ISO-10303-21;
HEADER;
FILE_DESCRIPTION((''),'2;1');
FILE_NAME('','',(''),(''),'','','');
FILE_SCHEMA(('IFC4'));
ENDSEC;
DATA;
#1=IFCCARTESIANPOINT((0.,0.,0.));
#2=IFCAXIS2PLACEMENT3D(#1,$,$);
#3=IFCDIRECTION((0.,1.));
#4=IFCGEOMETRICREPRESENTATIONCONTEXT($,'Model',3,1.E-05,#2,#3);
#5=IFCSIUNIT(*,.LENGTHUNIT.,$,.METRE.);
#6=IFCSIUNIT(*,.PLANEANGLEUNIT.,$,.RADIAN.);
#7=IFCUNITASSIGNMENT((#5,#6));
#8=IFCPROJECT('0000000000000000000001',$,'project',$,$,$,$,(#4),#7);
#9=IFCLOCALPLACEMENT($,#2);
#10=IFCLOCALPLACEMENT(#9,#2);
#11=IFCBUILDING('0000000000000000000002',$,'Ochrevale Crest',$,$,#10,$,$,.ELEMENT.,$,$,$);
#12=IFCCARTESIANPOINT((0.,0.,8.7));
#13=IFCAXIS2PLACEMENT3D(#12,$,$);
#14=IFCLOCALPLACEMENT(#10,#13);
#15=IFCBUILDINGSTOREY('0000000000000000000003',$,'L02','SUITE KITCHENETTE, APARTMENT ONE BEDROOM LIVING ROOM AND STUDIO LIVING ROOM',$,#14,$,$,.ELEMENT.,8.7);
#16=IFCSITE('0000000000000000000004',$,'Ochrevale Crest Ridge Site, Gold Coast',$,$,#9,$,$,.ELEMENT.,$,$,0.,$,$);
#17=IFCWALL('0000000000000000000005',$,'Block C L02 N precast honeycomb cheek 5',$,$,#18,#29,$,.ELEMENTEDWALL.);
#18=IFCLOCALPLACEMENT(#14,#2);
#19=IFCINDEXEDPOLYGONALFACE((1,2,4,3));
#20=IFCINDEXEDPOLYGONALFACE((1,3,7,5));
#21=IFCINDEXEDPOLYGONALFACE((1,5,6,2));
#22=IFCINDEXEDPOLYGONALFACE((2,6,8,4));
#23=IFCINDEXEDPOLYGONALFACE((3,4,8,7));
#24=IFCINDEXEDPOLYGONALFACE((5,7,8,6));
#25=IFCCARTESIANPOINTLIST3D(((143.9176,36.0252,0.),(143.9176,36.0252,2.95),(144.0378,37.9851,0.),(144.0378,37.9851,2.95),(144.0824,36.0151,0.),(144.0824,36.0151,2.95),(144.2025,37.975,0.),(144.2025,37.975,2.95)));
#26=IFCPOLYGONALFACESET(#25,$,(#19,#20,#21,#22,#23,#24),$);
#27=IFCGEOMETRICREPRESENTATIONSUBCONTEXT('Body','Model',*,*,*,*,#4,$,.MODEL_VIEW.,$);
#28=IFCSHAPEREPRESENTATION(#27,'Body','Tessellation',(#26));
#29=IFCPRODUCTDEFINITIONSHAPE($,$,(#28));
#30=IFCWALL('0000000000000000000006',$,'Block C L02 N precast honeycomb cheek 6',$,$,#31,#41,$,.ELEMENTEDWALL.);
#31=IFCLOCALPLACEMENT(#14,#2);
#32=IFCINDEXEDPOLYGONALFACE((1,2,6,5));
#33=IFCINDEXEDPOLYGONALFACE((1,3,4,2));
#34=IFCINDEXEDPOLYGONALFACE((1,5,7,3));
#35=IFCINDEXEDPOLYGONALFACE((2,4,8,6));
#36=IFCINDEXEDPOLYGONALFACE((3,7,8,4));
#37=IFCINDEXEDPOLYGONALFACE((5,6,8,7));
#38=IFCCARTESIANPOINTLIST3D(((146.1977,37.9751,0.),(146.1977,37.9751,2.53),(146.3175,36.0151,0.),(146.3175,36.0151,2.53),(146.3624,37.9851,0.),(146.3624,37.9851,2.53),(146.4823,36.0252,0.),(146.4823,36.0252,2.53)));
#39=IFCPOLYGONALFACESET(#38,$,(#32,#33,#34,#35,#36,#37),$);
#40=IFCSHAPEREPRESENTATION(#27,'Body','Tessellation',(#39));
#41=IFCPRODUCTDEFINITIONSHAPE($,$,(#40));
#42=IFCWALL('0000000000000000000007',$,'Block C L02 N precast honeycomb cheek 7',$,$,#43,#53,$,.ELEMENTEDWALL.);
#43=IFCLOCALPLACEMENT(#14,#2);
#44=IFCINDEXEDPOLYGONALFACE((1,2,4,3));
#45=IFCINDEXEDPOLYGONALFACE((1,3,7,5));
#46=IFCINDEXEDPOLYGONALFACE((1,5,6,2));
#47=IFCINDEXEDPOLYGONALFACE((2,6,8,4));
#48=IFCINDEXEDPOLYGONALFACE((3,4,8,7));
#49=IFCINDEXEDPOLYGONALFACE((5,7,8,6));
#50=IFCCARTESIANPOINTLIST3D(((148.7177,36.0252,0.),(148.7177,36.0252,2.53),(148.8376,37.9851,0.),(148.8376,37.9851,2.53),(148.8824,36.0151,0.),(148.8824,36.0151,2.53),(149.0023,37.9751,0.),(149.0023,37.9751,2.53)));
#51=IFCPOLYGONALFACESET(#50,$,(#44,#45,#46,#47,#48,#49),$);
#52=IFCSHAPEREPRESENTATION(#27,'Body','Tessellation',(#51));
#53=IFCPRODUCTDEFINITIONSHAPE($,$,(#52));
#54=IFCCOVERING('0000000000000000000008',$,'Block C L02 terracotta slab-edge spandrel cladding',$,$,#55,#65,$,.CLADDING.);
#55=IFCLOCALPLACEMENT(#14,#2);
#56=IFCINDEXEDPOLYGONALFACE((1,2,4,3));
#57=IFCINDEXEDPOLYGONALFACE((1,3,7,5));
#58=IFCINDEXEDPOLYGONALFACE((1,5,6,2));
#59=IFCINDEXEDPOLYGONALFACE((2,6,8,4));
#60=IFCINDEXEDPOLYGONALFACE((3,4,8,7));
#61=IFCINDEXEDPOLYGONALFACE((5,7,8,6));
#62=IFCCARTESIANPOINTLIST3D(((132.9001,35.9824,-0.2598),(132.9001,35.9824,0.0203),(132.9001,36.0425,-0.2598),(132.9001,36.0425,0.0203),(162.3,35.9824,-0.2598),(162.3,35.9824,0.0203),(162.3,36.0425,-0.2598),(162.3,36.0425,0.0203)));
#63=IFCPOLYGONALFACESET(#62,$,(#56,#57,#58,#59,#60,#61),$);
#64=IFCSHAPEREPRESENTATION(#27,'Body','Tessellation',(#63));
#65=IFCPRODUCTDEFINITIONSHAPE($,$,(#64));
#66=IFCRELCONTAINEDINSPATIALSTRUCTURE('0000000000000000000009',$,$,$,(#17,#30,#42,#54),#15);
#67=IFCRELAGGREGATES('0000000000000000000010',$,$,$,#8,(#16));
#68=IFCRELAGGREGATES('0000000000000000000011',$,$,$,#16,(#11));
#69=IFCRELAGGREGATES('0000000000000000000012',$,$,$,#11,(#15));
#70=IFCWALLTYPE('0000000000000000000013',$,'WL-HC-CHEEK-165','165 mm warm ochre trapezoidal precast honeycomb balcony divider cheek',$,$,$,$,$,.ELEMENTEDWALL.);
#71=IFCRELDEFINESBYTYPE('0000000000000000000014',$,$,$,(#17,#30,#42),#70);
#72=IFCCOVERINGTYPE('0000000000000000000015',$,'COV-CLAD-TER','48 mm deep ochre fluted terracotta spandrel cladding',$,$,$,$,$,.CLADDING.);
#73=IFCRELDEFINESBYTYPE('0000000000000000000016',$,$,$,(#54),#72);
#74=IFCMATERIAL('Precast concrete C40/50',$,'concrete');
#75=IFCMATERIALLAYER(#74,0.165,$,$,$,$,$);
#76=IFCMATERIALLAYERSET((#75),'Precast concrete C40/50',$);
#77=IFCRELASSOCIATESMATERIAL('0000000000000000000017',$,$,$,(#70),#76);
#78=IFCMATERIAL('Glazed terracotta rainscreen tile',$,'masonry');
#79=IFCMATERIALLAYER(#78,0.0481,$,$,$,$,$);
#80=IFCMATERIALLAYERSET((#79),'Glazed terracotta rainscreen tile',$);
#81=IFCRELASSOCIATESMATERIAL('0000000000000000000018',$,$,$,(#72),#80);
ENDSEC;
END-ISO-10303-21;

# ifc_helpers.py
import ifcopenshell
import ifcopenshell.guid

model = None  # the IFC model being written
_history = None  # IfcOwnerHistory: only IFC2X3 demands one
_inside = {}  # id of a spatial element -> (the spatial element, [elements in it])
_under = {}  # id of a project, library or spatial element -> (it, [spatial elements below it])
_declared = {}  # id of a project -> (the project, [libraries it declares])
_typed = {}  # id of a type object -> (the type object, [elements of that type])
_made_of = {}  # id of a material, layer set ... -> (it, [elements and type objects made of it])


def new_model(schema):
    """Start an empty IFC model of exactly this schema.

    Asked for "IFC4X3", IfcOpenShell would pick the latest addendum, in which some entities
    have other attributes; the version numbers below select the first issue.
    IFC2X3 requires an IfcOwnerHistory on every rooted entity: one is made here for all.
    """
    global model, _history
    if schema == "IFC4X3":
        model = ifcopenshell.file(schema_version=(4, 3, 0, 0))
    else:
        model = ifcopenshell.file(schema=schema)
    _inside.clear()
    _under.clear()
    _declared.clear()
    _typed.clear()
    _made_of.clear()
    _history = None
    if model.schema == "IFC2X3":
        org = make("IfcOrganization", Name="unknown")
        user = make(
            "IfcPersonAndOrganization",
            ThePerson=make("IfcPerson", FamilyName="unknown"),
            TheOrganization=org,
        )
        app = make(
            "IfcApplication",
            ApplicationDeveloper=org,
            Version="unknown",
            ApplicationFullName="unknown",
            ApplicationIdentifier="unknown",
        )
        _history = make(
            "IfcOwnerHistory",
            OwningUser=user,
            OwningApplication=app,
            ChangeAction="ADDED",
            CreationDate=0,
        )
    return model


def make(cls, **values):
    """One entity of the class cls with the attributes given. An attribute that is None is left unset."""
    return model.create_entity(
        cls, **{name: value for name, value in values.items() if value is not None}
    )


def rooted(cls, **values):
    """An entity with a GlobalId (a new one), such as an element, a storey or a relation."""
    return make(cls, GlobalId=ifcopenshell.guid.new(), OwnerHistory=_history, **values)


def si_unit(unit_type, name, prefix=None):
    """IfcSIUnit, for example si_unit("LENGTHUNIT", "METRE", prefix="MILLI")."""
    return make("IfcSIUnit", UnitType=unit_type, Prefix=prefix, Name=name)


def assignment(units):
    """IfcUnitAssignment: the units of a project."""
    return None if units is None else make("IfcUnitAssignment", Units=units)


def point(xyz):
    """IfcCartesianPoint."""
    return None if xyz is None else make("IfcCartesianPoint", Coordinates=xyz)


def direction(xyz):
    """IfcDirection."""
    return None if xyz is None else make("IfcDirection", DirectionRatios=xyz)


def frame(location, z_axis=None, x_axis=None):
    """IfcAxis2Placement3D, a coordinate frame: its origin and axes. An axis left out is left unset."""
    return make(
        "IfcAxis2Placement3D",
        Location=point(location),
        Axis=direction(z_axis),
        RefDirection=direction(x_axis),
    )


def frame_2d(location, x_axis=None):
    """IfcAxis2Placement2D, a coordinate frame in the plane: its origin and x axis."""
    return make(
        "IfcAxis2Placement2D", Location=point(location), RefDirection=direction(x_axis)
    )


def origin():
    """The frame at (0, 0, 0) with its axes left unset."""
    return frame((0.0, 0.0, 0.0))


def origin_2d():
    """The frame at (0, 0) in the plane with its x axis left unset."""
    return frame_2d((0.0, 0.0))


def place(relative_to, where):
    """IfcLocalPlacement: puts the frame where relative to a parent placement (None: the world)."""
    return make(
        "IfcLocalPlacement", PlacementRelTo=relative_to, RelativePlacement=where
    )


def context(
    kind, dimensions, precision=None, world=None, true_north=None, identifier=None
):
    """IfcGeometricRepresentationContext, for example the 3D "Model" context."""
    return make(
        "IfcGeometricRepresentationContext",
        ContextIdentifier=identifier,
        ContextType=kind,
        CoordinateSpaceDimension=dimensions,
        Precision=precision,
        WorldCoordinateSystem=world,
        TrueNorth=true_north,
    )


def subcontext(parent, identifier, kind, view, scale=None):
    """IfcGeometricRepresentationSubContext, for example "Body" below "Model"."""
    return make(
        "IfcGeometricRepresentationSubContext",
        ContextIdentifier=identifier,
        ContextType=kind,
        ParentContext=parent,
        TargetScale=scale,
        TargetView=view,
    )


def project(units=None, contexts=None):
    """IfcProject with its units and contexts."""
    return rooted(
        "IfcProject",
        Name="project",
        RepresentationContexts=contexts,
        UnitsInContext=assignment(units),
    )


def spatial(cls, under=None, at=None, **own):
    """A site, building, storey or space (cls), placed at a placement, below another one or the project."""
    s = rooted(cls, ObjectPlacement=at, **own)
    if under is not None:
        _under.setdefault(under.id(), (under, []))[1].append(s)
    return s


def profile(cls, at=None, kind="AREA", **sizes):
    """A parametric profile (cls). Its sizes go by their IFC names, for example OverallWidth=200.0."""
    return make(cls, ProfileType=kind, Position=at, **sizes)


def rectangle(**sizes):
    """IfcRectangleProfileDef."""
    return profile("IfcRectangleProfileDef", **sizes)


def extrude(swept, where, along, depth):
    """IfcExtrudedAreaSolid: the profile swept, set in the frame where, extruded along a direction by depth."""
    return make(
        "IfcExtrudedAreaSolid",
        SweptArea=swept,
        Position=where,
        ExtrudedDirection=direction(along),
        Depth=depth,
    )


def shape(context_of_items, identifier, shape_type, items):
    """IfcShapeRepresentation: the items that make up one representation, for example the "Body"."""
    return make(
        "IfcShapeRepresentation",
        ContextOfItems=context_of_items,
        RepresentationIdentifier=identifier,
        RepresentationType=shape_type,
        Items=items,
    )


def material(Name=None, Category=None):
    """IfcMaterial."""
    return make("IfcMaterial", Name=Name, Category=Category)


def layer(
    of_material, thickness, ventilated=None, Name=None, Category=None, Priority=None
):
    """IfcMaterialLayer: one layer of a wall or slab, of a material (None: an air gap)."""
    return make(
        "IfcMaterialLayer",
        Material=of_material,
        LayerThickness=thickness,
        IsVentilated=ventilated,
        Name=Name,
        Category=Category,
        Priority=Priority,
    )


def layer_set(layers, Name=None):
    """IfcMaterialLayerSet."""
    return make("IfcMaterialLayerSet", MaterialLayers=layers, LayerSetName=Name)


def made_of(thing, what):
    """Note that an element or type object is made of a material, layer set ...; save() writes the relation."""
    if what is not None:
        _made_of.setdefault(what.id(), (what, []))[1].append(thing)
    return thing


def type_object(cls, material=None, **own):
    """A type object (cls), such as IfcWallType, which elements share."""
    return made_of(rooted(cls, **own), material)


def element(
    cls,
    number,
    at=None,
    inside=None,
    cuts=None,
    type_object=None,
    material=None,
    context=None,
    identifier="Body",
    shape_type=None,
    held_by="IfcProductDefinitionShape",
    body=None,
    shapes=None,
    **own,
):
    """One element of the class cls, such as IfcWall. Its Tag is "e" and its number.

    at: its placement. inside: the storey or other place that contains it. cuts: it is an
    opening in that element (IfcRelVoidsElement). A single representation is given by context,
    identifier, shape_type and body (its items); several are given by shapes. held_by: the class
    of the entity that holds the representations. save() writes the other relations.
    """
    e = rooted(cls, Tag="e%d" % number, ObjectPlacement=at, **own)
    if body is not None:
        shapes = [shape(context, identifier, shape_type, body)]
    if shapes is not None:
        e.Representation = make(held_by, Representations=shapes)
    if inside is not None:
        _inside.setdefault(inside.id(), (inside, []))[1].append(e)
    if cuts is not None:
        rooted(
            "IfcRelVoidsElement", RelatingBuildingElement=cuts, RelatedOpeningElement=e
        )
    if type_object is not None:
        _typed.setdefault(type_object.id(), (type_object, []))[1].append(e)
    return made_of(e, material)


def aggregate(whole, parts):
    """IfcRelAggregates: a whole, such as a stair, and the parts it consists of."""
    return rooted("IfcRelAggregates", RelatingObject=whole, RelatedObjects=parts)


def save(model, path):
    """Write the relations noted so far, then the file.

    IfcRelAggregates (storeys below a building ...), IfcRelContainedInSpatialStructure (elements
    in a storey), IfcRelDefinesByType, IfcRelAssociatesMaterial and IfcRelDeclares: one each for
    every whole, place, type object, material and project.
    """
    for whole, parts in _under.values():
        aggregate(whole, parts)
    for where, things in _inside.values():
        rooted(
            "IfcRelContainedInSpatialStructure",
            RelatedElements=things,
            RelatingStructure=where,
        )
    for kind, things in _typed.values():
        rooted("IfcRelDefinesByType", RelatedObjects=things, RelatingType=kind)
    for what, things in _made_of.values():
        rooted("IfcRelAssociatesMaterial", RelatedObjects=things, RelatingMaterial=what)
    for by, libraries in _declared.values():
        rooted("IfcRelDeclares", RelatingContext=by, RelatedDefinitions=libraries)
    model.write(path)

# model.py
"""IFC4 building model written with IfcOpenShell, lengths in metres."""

from ifc_helpers import new_model, si_unit, direction, frame, frame_2d, origin, origin_2d, place, context, subcontext, project, spatial, rectangle, extrude, material, layer, layer_set, type_object, element, save


model = new_model("IFC4")

# Units and contexts
model_context = context("Model", 3, precision=1e-05, world=origin(), true_north=direction((0.0, 1.0)))
body_context = subcontext(model_context, "Body", "Model", "MODEL_VIEW")
ifc_project = project(units=[si_unit("LENGTHUNIT", "METRE"), si_unit("PLANEANGLEUNIT", "RADIAN")], contexts=[model_context])

# Site, building, storey
site_placement = place(None, origin())
site = spatial("IfcSite", under=ifc_project, at=site_placement, Name="Ochrevale Crest Ridge Site, Gold Coast", CompositionType="ELEMENT", RefElevation=0.0)
building_placement = place(site_placement, origin())
building = spatial("IfcBuilding", under=site, at=building_placement, Name="Ochrevale Crest", CompositionType="ELEMENT")
storey_placement = place(building_placement, frame((0.0, 0.0, 8.7)))
storey = spatial("IfcBuildingStorey", under=building, at=storey_placement, Name="L02", Description="SUITE KITCHENETTE, APARTMENT ONE BEDROOM LIVING ROOM AND STUDIO LIVING ROOM", CompositionType="ELEMENT", Elevation=8.7)

# Shared definitions
ifc_material_1 = material(Name="Precast concrete C40/50", Category="concrete")

# Walls
ifc_layer_1 = layer(ifc_material_1, 0.165)
ifc_layer_set_1 = layer_set([ifc_layer_1], Name="Precast concrete C40/50")
wall_type_1 = type_object("IfcWallType", Name="WL-HC-CHEEK-165", Description="165 mm warm ochre trapezoidal precast honeycomb balcony divider cheek", PredefinedType="ELEMENTEDWALL", material=ifc_layer_set_1)
wall_1_placement = place(storey_placement, frame((144.0, 36.02, 0.0), z_axis=(0.0, 0.0, 1.0), x_axis=(0.061171, 0.998127, 0.0)))
element("IfcWall", 1, at=wall_1_placement, inside=storey, type_object=wall_type_1, Name="Block C L02 N precast honeycomb cheek 5", PredefinedType="ELEMENTEDWALL", context=body_context, shape_type="SweptSolid", body=[
    extrude(rectangle(XDim=1.9636, YDim=0.165, at=frame_2d((0.9819, 0.0))), origin(), (0.0, 0.0, 1.0), 2.95),
])
for number, where, z_axis, x_axis, name in (
    (2, (146.3999, 36.02, 0.0), (0.0, 0.0, 1.0), (-0.061047, 0.998135, 0.0), "Block C L02 N precast honeycomb cheek 6"),
    (3, (148.8, 36.02, 0.0), (0.0, 0.0, 1.0), (0.061047, 0.998135, 0.0), "Block C L02 N precast honeycomb cheek 7"),
):
    element("IfcWall", number, at=place(storey_placement, frame(where, z_axis=z_axis, x_axis=x_axis)), inside=storey, type_object=wall_type_1, Name=name, PredefinedType="ELEMENTEDWALL", context=body_context, shape_type="SweptSolid", body=[
        extrude(rectangle(XDim=1.9636, YDim=0.165, at=frame_2d((0.9819, 0.0))), origin(), (0.0, 0.0, 1.0), 2.53),
    ])

# Covering
ifc_material_2 = material(Name="Glazed terracotta rainscreen tile", Category="masonry")
ifc_layer_2 = layer(ifc_material_2, 0.0481)
ifc_layer_set_2 = layer_set([ifc_layer_2], Name="Glazed terracotta rainscreen tile")
covering_type = type_object("IfcCoveringType", Name="COV-CLAD-TER", Description="48 mm deep ochre fluted terracotta spandrel cladding", PredefinedType="CLADDING", material=ifc_layer_set_2)
covering_placement = place(storey_placement, frame((147.6001, 36.0125, -0.2598), z_axis=(0.0, 0.0, 1.0), x_axis=(-1.0, 0.0, 0.0)))
element("IfcCovering", 4, at=covering_placement, inside=storey, type_object=covering_type, Name="Block C L02 terracotta slab-edge spandrel cladding", PredefinedType="CLADDING", context=body_context, shape_type="SweptSolid", body=[
    extrude(rectangle(XDim=29.3999, YDim=0.0601, at=origin_2d()), origin(), (0.0, 0.0, 1.0), 0.28),
])

save(model, "model.ifc")
